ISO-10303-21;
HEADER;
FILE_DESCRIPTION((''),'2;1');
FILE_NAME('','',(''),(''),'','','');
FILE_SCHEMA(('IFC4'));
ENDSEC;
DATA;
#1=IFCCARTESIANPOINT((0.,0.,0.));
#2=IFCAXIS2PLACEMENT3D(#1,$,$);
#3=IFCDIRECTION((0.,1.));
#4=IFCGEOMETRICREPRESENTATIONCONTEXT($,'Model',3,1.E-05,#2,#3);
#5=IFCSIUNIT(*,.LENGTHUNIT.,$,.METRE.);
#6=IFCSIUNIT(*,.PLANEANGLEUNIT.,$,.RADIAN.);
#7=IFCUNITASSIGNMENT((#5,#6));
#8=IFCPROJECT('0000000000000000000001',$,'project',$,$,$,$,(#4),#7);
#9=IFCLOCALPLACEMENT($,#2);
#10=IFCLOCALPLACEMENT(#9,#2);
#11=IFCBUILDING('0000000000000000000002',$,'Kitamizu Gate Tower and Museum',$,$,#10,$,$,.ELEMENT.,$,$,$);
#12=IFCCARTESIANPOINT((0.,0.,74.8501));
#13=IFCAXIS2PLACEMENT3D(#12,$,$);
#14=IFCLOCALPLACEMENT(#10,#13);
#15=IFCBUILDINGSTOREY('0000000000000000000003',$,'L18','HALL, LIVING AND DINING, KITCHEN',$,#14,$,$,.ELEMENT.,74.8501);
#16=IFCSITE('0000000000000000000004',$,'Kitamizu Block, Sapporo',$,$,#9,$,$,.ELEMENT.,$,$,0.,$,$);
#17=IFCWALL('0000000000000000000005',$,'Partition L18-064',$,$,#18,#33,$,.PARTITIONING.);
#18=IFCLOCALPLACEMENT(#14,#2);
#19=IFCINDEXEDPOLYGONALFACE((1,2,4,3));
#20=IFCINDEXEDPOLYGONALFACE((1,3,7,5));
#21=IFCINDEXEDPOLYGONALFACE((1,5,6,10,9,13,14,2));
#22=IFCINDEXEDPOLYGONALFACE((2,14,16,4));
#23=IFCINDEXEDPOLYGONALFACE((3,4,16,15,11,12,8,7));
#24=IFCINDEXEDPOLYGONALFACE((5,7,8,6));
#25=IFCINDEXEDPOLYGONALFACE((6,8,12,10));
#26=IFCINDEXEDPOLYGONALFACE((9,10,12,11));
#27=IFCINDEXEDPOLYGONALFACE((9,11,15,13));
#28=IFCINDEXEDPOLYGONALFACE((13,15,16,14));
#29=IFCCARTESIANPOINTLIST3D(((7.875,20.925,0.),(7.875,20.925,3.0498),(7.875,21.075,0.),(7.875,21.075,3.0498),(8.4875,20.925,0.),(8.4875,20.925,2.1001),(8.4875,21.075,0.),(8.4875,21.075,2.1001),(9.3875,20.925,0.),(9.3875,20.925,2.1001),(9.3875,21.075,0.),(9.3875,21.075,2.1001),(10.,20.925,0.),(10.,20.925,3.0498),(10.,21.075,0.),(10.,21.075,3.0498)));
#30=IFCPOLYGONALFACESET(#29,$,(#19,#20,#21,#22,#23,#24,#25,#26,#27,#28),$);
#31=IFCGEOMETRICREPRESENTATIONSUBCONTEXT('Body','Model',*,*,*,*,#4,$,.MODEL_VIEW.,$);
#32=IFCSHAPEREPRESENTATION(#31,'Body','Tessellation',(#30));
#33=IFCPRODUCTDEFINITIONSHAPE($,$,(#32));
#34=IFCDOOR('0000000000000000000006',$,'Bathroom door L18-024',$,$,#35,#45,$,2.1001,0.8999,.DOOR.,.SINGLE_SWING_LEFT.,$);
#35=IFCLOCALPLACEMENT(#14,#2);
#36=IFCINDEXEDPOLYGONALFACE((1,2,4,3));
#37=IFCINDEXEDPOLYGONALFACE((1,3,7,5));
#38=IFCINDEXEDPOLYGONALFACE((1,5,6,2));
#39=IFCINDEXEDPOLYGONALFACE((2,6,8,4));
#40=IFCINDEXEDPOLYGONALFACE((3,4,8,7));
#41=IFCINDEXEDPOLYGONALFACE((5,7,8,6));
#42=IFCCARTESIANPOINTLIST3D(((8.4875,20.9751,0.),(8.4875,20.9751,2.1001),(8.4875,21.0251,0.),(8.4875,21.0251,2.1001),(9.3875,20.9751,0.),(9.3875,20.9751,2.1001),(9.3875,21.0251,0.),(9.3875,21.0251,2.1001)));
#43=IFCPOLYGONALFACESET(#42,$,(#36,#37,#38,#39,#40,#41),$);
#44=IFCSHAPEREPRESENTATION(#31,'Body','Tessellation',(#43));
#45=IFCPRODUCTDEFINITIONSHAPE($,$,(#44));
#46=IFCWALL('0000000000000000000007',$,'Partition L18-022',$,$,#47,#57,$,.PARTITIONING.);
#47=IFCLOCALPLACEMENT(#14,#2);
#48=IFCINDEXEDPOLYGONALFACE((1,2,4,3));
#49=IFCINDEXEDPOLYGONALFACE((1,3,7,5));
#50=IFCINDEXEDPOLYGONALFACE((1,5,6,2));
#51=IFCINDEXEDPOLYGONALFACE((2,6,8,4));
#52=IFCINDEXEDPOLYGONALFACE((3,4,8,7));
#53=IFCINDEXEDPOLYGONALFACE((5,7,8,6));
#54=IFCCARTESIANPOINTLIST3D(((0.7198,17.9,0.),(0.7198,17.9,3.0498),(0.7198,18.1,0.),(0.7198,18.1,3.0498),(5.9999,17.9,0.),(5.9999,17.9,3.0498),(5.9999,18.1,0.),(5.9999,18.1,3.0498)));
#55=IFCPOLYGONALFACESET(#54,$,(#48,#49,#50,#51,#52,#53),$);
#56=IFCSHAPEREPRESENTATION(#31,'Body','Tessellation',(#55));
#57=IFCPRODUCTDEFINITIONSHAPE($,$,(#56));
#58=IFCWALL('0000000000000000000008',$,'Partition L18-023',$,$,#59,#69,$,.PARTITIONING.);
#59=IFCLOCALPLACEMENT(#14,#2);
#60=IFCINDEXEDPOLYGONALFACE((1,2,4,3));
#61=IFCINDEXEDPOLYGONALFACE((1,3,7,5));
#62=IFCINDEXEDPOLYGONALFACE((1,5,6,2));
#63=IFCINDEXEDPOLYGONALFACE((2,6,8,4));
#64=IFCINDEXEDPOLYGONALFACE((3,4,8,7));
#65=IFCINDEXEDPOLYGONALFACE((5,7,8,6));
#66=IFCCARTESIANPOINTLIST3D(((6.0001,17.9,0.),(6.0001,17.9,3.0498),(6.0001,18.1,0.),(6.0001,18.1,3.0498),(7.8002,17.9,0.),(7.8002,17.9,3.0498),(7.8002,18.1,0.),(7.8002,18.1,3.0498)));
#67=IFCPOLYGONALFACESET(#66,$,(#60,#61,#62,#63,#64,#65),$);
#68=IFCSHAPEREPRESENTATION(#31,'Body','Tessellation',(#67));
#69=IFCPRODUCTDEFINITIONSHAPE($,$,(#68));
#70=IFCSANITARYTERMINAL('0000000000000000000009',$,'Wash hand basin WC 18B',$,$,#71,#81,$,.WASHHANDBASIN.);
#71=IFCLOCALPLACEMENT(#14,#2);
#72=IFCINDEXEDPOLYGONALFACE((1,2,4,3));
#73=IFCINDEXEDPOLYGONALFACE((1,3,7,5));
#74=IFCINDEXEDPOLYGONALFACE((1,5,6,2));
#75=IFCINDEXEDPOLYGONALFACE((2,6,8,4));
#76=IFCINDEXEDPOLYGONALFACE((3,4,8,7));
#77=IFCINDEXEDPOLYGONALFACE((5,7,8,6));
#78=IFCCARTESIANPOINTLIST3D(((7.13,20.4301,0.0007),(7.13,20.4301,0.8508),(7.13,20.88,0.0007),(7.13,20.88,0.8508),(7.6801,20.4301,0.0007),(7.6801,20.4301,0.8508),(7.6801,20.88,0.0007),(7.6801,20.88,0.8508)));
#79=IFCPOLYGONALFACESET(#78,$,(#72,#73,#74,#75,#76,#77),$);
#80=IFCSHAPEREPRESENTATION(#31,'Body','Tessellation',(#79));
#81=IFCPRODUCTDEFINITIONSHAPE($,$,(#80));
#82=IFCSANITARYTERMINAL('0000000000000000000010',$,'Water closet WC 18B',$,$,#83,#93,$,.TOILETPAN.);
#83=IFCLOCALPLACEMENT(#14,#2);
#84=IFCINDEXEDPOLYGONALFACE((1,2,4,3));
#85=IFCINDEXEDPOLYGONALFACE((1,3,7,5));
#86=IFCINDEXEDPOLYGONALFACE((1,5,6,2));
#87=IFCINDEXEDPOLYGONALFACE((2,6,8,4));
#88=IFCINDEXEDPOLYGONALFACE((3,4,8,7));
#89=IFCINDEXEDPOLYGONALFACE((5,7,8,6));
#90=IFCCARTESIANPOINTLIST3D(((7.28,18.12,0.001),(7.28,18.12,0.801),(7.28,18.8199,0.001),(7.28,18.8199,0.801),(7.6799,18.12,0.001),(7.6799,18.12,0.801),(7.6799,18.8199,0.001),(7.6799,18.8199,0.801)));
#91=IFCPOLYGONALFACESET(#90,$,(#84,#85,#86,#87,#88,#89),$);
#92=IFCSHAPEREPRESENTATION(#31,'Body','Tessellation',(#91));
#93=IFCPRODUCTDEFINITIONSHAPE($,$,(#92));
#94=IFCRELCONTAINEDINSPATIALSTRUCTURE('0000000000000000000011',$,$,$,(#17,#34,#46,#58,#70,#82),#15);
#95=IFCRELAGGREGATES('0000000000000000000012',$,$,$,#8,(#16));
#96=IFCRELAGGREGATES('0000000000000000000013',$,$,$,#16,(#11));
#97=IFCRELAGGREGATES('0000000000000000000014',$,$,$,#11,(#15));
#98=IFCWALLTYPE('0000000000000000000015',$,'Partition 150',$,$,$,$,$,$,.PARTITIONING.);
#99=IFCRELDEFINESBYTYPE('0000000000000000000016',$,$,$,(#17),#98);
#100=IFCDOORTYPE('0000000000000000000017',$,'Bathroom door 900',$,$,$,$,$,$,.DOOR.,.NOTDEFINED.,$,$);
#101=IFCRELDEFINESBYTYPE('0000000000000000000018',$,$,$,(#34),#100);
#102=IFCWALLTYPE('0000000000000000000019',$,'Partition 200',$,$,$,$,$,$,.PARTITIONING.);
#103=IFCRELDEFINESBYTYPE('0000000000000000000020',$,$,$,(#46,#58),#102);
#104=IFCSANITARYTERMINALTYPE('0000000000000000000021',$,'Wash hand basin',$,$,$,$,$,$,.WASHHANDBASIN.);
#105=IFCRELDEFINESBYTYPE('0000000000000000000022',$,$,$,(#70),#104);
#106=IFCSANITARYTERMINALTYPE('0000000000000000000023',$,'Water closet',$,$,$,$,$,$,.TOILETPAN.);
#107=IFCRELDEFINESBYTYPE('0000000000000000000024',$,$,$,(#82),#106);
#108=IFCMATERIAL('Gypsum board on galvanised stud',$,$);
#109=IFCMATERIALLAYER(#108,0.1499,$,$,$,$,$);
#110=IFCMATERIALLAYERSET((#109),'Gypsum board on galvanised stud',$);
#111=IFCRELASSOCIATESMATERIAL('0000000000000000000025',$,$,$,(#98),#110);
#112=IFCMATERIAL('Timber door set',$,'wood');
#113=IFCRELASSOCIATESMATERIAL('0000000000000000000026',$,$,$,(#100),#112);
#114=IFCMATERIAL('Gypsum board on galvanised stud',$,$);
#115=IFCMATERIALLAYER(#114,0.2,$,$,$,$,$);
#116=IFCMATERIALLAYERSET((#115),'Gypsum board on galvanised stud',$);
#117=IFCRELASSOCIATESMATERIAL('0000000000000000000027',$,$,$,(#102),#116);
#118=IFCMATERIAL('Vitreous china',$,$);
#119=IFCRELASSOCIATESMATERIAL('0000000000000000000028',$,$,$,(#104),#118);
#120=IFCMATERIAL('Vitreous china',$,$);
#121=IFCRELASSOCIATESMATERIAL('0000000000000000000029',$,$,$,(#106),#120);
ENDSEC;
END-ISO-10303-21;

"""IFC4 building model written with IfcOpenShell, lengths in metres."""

from ifc_helpers import new_model, si_unit, direction, frame, frame_2d, origin, origin_2d, place, context, subcontext, project, spatial, rectangle, extrude, material, layer, layer_set, type_object, element, fill, save


model = new_model("IFC4")

# Units and contexts
model_context = context("Model", 3, precision=1e-05, world=origin(), true_north=direction((0.0, 1.0)))
body_context = subcontext(model_context, "Body", "Model", "MODEL_VIEW")
ifc_project = project(units=[si_unit("LENGTHUNIT", "METRE"), si_unit("PLANEANGLEUNIT", "RADIAN")], contexts=[model_context])

# Site, building, storey
site_placement = place(None, origin())
site = spatial("IfcSite", under=ifc_project, at=site_placement, Name="Kitamizu Block, Sapporo", CompositionType="ELEMENT", RefElevation=0.0)
building_placement = place(site_placement, origin())
building = spatial("IfcBuilding", under=site, at=building_placement, Name="Kitamizu Gate Tower and Museum", CompositionType="ELEMENT")
storey_placement = place(building_placement, frame((0.0, 0.0, 74.8501)))
storey = spatial("IfcBuildingStorey", under=building, at=storey_placement, Name="L18", Description="HALL, LIVING AND DINING, KITCHEN", CompositionType="ELEMENT", Elevation=74.8501)

# Shared definitions
ifc_material_1 = material(Name="Gypsum board on galvanised stud")
ifc_layer_1 = layer(ifc_material_1, 0.1499)
ifc_layer_set_1 = layer_set([ifc_layer_1], Name="Gypsum board on galvanised stud")
wall_type_1 = type_object("IfcWallType", Name="Partition 150", PredefinedType="PARTITIONING", material=ifc_layer_set_1)
ifc_material_2 = material(Name="Timber door set", Category="wood")
door_type_1 = type_object("IfcDoorType", Name="Bathroom door 900", OperationType="NOTDEFINED", PredefinedType="DOOR", material=ifc_material_2)

# Wall, opening, door
wall_1_placement = place(storey_placement, frame((10.0, 21.0, 0.0), z_axis=(0.0, 0.0, 1.0), x_axis=(-1.0, 0.0, 0.0)))
wall_1 = element("IfcWall", 1, at=wall_1_placement, inside=storey, type_object=wall_type_1, Name="Partition L18-064", PredefinedType="PARTITIONING", context=body_context, shape_type="SweptSolid", body=[
    extrude(rectangle(XDim=2.125, YDim=0.1499, at=frame_2d((1.0625, 0.0))), origin(), (0.0, 0.0, 1.0), 3.0498),
])
opening_1_placement = place(wall_1_placement, frame((0.6125, 0.0, 0.0)))
opening_1 = element("IfcOpeningElement", 2, at=opening_1_placement, cuts=wall_1, PredefinedType="OPENING", context=body_context, shape_type="SweptSolid", body=[
    extrude(rectangle(XDim=0.8999, YDim=2.1001, at=frame_2d((0.45, 1.05))), frame((0.0, 0.085, 0.0), z_axis=(0.0, -1.0, 0.0), x_axis=(1.0, 0.0, 0.0)), (0.0, 0.0, 1.0), 0.1699),
])
door_1_placement = place(opening_1_placement, origin())
door_1 = element("IfcDoor", 3, at=door_1_placement, inside=storey, type_object=door_type_1, Name="Bathroom door L18-024", OperationType="SINGLE_SWING_LEFT", OverallHeight=2.1001, OverallWidth=0.8999, PredefinedType="DOOR", context=body_context, shape_type="SweptSolid", body=[
    extrude(rectangle(XDim=0.8999, YDim=2.1001, at=frame_2d((0.45, 1.05))), frame((0.0, 0.0249, 0.0), z_axis=(0.0, -1.0, 0.0), x_axis=(1.0, 0.0, 0.0)), (0.0, 0.0, 1.0), 0.05),
])
fill(opening_1, door_1)

# Walls
ifc_material_3 = material(Name="Gypsum board on galvanised stud")
ifc_layer_2 = layer(ifc_material_3, 0.2)
ifc_layer_set_2 = layer_set([ifc_layer_2], Name="Gypsum board on galvanised stud")
wall_type_2 = type_object("IfcWallType", Name="Partition 200", PredefinedType="PARTITIONING", material=ifc_layer_set_2)
wall_2_placement = place(storey_placement, frame((6.0, 18.0, 0.0), z_axis=(0.0, 0.0, 1.0), x_axis=(-1.0, 0.0, 0.0)))
element("IfcWall", 4, at=wall_2_placement, inside=storey, type_object=wall_type_2, Name="Partition L18-022", PredefinedType="PARTITIONING", context=body_context, shape_type="SweptSolid", body=[
    extrude(rectangle(XDim=5.28, YDim=0.2, at=frame_2d((2.6401, 0.0))), origin(), (0.0, 0.0, 1.0), 3.0498),
])
wall_3_placement = place(storey_placement, frame((7.8, 18.0, 0.0), z_axis=(0.0, 0.0, 1.0), x_axis=(-1.0, 0.0, 0.0)))
element("IfcWall", 5, at=wall_3_placement, inside=storey, type_object=wall_type_2, Name="Partition L18-023", PredefinedType="PARTITIONING", context=body_context, shape_type="SweptSolid", body=[
    extrude(rectangle(XDim=1.8, YDim=0.2, at=frame_2d((0.8999, 0.0))), origin(), (0.0, 0.0, 1.0), 3.0498),
])

# Sanitary terminals
ifc_material_4 = material(Name="Vitreous china")
sanitary_terminal_type_1 = type_object("IfcSanitaryTerminalType", Name="Wash hand basin", PredefinedType="WASHHANDBASIN", material=ifc_material_4)
sanitary_terminal_1_placement = place(storey_placement, frame((7.405, 20.655, 0.0007), z_axis=(0.0, 0.0, 1.0), x_axis=(1.0, 0.0, 0.0)))
element("IfcSanitaryTerminal", 6, at=sanitary_terminal_1_placement, inside=storey, type_object=sanitary_terminal_type_1, Name="Wash hand basin WC 18B", PredefinedType="WASHHANDBASIN", context=body_context, shape_type="SweptSolid", body=[
    extrude(rectangle(XDim=0.55, YDim=0.45, at=origin_2d()), origin(), (0.0, 0.0, 1.0), 0.8501),
])
ifc_material_5 = material(Name="Vitreous china")
sanitary_terminal_type_2 = type_object("IfcSanitaryTerminalType", Name="Water closet", PredefinedType="TOILETPAN", material=ifc_material_5)
sanitary_terminal_2_placement = place(storey_placement, frame((7.48, 18.47, 0.001), z_axis=(0.0, 0.0, 1.0), x_axis=(1.0, 0.0, 0.0)))
element("IfcSanitaryTerminal", 7, at=sanitary_terminal_2_placement, inside=storey, type_object=sanitary_terminal_type_2, Name="Water closet WC 18B", PredefinedType="TOILETPAN", context=body_context, shape_type="SweptSolid", body=[
    extrude(rectangle(XDim=0.3999, YDim=0.7, at=origin_2d()), origin(), (0.0, 0.0, 1.0), 0.8),
])

save(model, "model.ifc")
